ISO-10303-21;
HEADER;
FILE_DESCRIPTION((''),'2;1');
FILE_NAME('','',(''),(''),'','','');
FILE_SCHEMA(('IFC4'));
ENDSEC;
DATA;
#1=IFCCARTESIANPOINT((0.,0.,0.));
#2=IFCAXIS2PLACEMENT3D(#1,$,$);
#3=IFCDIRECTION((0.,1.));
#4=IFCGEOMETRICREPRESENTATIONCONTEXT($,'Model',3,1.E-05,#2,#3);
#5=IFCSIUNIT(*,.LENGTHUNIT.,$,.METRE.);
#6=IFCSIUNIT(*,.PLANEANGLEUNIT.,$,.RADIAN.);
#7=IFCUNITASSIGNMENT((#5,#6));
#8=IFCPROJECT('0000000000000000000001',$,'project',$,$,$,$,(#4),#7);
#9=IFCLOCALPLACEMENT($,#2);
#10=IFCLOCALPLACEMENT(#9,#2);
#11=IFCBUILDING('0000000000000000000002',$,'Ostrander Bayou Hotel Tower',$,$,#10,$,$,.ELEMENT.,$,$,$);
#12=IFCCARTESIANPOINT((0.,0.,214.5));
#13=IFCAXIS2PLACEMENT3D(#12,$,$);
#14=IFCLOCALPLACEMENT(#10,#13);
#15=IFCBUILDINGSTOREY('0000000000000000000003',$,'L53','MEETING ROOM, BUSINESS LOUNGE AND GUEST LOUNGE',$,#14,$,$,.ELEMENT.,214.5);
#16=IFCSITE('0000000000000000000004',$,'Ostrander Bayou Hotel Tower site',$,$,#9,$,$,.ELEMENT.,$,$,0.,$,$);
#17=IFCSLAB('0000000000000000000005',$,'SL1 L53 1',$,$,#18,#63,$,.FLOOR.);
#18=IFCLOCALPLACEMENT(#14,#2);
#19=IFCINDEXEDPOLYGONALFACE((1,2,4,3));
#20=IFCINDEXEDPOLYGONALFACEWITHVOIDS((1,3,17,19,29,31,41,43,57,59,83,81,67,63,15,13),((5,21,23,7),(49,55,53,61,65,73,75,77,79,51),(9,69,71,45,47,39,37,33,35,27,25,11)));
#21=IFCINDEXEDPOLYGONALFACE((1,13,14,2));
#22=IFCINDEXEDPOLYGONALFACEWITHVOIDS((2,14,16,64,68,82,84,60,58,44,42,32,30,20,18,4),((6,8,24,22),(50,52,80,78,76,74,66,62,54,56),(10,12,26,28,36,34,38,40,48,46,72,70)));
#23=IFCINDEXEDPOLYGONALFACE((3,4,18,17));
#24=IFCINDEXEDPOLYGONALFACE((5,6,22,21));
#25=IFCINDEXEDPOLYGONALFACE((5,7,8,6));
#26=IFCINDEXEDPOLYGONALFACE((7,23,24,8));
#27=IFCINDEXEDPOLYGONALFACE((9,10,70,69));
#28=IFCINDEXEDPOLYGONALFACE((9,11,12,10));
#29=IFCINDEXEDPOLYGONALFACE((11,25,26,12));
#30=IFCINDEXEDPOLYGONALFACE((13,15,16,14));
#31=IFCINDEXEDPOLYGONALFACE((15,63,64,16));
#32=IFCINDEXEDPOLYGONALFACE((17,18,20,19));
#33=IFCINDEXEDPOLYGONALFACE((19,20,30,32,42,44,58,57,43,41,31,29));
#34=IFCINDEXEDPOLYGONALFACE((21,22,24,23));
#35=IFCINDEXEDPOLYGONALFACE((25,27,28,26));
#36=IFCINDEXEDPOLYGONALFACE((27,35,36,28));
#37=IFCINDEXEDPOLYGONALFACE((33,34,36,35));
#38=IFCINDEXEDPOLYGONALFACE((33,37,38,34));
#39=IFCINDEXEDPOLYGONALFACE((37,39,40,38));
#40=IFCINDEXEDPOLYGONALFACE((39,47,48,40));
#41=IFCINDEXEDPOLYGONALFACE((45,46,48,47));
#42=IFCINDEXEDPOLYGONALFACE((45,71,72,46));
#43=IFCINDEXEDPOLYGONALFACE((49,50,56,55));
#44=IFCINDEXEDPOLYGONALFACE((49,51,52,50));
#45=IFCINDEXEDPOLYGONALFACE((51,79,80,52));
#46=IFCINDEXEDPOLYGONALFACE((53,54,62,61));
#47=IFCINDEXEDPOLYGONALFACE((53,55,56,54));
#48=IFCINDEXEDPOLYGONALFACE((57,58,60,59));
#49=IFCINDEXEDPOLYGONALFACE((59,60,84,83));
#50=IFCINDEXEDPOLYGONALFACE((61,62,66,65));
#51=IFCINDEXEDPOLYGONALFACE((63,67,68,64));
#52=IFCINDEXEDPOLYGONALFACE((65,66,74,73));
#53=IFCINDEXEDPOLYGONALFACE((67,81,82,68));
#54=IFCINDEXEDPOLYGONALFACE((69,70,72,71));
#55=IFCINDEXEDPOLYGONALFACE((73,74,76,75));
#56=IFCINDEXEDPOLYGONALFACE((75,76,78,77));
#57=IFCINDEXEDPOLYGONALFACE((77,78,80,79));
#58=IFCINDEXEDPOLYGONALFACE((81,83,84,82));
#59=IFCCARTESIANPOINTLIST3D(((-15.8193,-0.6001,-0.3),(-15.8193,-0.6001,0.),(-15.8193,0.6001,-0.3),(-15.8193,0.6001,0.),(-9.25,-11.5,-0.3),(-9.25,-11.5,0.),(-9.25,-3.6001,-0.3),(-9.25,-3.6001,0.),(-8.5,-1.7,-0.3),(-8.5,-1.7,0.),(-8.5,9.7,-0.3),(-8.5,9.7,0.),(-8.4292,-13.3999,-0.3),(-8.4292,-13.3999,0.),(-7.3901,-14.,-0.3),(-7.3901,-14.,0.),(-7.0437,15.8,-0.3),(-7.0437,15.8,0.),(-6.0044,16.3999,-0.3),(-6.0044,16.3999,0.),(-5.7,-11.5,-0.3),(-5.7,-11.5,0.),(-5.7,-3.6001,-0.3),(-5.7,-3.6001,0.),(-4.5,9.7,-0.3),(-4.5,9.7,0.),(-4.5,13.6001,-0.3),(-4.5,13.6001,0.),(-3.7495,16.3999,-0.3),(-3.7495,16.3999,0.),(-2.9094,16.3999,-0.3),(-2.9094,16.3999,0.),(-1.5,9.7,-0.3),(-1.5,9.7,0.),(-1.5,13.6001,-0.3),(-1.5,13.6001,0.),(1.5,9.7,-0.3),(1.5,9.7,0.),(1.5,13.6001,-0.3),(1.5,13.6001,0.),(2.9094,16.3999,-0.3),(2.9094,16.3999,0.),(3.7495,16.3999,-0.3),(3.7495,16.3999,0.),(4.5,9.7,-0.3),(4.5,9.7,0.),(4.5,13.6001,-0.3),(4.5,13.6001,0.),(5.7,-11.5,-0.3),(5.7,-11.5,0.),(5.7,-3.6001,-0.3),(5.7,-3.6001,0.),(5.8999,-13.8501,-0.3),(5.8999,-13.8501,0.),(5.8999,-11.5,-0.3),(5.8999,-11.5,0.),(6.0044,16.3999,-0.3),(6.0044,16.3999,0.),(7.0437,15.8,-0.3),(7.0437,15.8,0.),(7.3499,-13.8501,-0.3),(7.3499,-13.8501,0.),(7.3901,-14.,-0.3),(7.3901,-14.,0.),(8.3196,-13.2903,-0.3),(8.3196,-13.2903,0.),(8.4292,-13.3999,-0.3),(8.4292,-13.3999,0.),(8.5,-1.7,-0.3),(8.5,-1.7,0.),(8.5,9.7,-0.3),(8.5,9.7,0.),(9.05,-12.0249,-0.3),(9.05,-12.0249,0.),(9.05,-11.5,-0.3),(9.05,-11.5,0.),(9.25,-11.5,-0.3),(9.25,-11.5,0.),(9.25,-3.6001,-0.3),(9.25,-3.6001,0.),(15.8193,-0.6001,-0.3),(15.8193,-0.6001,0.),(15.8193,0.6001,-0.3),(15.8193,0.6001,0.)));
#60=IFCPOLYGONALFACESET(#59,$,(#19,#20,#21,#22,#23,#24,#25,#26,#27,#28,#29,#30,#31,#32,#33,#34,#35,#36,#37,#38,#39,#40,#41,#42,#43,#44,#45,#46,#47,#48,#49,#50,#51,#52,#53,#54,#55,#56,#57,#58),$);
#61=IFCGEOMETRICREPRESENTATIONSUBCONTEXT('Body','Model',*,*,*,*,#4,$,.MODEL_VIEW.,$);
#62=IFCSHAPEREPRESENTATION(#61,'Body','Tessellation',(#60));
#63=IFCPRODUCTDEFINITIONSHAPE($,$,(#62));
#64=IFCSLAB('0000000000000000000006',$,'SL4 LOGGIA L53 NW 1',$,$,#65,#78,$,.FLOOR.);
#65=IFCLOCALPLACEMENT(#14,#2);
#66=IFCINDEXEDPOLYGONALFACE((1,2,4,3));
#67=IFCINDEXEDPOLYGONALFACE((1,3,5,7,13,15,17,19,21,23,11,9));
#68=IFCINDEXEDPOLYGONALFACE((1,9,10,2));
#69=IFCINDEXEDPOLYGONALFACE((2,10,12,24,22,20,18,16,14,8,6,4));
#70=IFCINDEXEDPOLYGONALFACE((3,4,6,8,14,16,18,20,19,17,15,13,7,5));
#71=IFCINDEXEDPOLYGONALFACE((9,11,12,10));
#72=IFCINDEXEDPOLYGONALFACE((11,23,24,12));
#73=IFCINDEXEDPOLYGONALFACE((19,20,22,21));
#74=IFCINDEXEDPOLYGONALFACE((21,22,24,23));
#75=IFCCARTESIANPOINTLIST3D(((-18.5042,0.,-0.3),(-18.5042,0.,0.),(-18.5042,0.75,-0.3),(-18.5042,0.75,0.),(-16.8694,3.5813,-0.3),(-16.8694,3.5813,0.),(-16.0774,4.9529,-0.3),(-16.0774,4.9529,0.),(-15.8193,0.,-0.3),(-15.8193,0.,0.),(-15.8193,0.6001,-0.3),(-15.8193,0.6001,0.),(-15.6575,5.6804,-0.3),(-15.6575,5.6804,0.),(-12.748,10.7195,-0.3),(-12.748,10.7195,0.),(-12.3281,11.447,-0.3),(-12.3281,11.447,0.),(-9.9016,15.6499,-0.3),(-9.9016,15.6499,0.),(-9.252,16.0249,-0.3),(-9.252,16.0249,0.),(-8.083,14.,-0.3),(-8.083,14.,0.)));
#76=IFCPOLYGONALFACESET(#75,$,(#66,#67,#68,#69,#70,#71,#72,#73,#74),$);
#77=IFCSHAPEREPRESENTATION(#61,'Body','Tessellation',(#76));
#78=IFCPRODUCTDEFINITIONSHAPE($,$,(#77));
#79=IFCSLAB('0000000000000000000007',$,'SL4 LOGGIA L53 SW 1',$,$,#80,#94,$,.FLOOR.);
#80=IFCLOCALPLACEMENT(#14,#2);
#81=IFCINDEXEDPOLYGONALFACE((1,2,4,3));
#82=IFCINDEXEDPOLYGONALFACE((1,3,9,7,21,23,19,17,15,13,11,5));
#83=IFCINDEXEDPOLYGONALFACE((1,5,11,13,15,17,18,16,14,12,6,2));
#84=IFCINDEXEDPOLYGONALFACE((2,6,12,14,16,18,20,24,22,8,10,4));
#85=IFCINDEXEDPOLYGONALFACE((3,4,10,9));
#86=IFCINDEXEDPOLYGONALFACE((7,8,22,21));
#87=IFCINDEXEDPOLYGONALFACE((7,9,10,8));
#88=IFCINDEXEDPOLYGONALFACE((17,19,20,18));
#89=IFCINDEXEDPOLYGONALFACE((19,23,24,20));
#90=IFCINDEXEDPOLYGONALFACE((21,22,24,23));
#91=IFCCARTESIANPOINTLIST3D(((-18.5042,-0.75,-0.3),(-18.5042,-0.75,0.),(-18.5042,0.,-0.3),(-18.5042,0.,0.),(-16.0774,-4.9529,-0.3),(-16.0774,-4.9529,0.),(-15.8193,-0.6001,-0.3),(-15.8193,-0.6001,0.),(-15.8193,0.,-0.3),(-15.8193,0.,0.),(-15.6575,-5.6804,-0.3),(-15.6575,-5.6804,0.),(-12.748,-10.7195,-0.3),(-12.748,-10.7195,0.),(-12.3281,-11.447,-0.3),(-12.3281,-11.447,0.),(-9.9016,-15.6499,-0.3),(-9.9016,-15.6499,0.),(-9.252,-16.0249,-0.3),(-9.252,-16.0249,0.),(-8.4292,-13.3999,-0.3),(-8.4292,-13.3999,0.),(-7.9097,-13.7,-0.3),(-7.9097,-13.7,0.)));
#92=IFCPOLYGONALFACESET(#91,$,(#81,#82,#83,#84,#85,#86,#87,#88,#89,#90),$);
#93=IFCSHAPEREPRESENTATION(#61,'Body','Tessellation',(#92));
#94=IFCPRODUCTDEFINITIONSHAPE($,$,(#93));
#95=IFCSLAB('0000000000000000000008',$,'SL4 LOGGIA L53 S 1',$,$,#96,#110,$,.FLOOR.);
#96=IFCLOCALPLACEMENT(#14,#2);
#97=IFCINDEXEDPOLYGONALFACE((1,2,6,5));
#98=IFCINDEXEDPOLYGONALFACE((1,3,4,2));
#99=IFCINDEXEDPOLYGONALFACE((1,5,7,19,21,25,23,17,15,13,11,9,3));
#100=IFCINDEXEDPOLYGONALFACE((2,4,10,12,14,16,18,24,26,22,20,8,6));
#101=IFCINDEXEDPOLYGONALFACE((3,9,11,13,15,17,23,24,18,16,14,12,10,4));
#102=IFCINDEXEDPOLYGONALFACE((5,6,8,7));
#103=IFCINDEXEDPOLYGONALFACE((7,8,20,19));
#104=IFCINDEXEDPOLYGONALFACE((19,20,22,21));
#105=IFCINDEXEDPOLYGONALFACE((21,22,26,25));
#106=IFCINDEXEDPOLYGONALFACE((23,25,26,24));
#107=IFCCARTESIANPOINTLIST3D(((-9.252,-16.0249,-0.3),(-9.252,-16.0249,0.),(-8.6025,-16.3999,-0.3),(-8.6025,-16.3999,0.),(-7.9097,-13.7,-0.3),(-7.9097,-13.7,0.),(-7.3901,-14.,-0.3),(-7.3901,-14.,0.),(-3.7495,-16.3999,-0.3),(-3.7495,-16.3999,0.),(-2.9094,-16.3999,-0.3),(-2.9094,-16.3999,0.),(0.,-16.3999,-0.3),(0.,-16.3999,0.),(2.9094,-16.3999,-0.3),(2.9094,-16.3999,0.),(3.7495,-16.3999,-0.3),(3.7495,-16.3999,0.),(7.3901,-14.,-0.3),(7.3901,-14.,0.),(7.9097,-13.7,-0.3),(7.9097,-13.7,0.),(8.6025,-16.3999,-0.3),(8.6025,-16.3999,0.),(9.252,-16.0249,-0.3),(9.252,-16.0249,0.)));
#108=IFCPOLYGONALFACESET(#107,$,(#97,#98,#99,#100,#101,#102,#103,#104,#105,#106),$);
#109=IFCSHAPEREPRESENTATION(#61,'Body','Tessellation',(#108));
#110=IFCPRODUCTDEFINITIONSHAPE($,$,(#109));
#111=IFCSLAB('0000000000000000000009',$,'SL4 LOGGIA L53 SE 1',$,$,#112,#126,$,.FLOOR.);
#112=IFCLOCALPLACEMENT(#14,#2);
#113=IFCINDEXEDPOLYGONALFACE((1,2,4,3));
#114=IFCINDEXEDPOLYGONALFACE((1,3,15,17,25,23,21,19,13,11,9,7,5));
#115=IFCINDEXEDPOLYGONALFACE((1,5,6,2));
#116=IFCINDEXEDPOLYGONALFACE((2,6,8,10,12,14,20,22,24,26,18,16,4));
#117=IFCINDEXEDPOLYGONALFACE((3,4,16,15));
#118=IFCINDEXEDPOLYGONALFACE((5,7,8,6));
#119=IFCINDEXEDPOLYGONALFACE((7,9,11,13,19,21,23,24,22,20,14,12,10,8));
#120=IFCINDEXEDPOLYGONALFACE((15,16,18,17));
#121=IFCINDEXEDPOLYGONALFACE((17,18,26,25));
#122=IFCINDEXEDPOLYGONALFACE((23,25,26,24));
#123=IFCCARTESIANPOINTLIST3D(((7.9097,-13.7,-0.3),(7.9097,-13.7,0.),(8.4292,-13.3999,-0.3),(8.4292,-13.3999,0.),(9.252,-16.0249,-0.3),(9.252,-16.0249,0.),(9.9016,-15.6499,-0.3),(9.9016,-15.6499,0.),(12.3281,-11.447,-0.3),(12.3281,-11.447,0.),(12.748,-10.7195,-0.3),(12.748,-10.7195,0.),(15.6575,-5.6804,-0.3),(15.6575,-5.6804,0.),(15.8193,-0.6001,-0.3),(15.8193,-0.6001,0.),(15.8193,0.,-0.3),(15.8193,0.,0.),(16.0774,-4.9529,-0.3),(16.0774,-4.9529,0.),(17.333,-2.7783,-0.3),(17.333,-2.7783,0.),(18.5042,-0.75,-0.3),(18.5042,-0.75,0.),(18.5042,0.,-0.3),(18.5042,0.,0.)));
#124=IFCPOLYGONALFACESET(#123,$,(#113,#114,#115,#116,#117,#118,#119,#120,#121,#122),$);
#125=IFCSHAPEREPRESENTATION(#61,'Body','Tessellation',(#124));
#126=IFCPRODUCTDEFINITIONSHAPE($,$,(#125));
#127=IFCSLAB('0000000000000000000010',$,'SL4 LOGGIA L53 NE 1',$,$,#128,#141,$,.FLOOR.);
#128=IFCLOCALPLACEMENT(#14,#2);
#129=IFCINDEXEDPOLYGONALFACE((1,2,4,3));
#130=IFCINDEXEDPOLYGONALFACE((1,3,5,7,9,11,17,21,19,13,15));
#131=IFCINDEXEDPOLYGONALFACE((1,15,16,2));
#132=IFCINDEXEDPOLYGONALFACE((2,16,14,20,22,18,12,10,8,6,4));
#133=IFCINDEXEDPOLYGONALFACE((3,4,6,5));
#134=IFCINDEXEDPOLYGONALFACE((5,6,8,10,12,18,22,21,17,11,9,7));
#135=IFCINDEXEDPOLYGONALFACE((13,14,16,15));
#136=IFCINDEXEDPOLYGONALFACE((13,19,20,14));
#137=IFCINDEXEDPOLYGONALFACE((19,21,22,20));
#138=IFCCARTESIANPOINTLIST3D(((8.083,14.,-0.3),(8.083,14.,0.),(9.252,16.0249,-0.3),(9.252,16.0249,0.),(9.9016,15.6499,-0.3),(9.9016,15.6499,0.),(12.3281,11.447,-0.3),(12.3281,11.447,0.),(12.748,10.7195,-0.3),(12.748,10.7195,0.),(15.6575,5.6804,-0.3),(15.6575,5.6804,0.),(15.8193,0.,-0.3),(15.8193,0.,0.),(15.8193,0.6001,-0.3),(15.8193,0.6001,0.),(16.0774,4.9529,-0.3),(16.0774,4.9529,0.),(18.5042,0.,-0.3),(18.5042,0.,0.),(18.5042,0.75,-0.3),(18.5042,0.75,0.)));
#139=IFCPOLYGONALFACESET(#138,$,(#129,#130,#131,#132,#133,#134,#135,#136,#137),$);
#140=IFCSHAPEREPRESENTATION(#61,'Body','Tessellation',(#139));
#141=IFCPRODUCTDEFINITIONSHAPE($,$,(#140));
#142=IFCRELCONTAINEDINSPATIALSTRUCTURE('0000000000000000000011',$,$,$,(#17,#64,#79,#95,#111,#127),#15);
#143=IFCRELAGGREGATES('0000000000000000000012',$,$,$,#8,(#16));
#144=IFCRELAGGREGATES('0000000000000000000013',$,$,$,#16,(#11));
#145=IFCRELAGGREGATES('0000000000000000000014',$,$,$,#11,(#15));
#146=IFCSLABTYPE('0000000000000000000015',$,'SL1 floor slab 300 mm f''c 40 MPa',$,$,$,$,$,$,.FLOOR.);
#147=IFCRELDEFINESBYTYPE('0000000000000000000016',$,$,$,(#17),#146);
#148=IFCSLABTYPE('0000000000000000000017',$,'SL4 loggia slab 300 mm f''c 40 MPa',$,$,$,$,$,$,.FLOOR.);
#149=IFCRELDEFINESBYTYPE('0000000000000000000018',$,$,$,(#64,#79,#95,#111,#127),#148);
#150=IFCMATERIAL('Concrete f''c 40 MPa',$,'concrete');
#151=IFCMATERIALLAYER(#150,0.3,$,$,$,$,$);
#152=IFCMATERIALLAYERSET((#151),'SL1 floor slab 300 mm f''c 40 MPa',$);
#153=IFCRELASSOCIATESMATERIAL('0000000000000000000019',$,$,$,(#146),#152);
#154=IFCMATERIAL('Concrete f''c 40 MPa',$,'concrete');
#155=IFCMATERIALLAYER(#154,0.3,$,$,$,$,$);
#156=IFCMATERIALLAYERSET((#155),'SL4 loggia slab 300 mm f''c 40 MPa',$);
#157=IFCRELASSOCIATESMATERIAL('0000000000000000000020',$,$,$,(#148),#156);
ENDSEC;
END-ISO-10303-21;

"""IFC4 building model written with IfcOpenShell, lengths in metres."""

from ifc_helpers import new_model, si_unit, direction, frame, origin, place, context, subcontext, project, spatial, polyline, outline, extrude, material, layer, layer_set, type_object, element, save


model = new_model("IFC4")

# Units and contexts
model_context = context("Model", 3, precision=1e-05, world=origin(), true_north=direction((0.0, 1.0)))
body_context = subcontext(model_context, "Body", "Model", "MODEL_VIEW")
ifc_project = project(units=[si_unit("LENGTHUNIT", "METRE"), si_unit("PLANEANGLEUNIT", "RADIAN")], contexts=[model_context])

# Site, building, storey
site_placement = place(None, origin())
site = spatial("IfcSite", under=ifc_project, at=site_placement, Name="Ostrander Bayou Hotel Tower site", CompositionType="ELEMENT", RefElevation=0.0)
building_placement = place(site_placement, origin())
building = spatial("IfcBuilding", under=site, at=building_placement, Name="Ostrander Bayou Hotel Tower", CompositionType="ELEMENT")
storey_placement = place(building_placement, frame((0.0, 0.0, 214.5)))
storey = spatial("IfcBuildingStorey", under=building, at=storey_placement, Name="L53", Description="MEETING ROOM, BUSINESS LOUNGE AND GUEST LOUNGE", CompositionType="ELEMENT", Elevation=214.5)

# Slabs
ifc_material_1 = material(Name="Concrete f'c 40 MPa", Category="concrete")
ifc_layer_1 = layer(ifc_material_1, 0.3)
ifc_layer_set_1 = layer_set([ifc_layer_1], Name="SL1 floor slab 300 mm f'c 40 MPa")
slab_type_1 = type_object("IfcSlabType", Name="SL1 floor slab 300 mm f'c 40 MPa", PredefinedType="FLOOR", material=ifc_layer_set_1)
slab_1_placement = place(storey_placement, frame((0.0, 0.0, -0.3)))
element("IfcSlab", 1, at=slab_1_placement, inside=storey, type_object=slab_type_1, Name="SL1 L53 1", PredefinedType="FLOOR", context=body_context, shape_type="SweptSolid", body=[
    extrude(outline(polyline([(-2.9094, 16.3999), (2.9094, 16.3999), (3.7495, 16.3999), (6.0044, 16.3999), (7.0437, 15.8), (15.8193, 0.6001), (15.8193, -0.6001), (8.4292, -13.3999), (7.3901, -14.0), (-7.3901, -14.0), (-8.4292, -13.3999), (-15.8193, -0.6001), (-15.8193, 0.6001), (-7.0437, 15.8), (-6.0044, 16.3999), (-3.7495, 16.3999), (-2.9094, 16.3999)]), holes=[polyline([(9.05, -11.5), (9.25, -11.5), (9.25, -3.6001), (5.7, -3.6001), (5.7, -11.5), (5.8999, -11.5), (5.8999, -13.8501), (7.3499, -13.8501), (8.3196, -13.2903), (9.05, -12.0249), (9.05, -11.5)]), polyline([(-8.5, -1.7), (8.5, -1.7), (8.5, 9.7), (4.5, 9.7), (4.5, 13.6001), (1.5, 13.6001), (1.5, 9.7), (-1.5, 9.7), (-1.5, 13.6001), (-4.5, 13.6001), (-4.5, 9.7), (-8.5, 9.7), (-8.5, -1.7)]), polyline([(-5.7, -3.6001), (-9.25, -3.6001), (-9.25, -11.5), (-5.7, -11.5), (-5.7, -3.6001)])]), origin(), (0.0, 0.0, 1.0), 0.3),
])
ifc_material_2 = material(Name="Concrete f'c 40 MPa", Category="concrete")
ifc_layer_2 = layer(ifc_material_2, 0.3)
ifc_layer_set_2 = layer_set([ifc_layer_2], Name="SL4 loggia slab 300 mm f'c 40 MPa")
slab_type_2 = type_object("IfcSlabType", Name="SL4 loggia slab 300 mm f'c 40 MPa", PredefinedType="FLOOR", material=ifc_layer_set_2)
slab_2_placement = place(storey_placement, frame((0.0, 0.0, -0.3)))
element("IfcSlab", 2, at=slab_2_placement, inside=storey, type_object=slab_type_2, Name="SL4 LOGGIA L53 NW 1", PredefinedType="FLOOR", context=body_context, shape_type="SweptSolid", body=[
    extrude(outline(polyline([(-18.5042, 0.0), (-18.5042, 0.75), (-16.8694, 3.5813), (-16.0774, 4.9529), (-15.6575, 5.6804), (-12.748, 10.7195), (-12.3281, 11.447), (-9.9016, 15.6499), (-9.252, 16.0249), (-8.083, 14.0), (-15.8193, 0.6001), (-15.8193, 0.0), (-18.5042, 0.0)])), origin(), (0.0, 0.0, 1.0), 0.3),
])
slab_3_placement = place(storey_placement, frame((0.0, 0.0, -0.3)))
element("IfcSlab", 3, at=slab_3_placement, inside=storey, type_object=slab_type_2, Name="SL4 LOGGIA L53 SW 1", PredefinedType="FLOOR", context=body_context, shape_type="SweptSolid", body=[
    extrude(outline(polyline([(-7.9097, -13.7), (-9.252, -16.0249), (-9.9016, -15.6499), (-12.3281, -11.447), (-12.748, -10.7195), (-15.6575, -5.6804), (-16.0774, -4.9529), (-18.5042, -0.75), (-18.5042, 0.0), (-15.8193, 0.0), (-15.8193, -0.6001), (-8.4292, -13.3999), (-7.9097, -13.7)])), origin(), (0.0, 0.0, 1.0), 0.3),
])
slab_4_placement = place(storey_placement, frame((0.0, 0.0, -0.3)))
element("IfcSlab", 4, at=slab_4_placement, inside=storey, type_object=slab_type_2, Name="SL4 LOGGIA L53 S 1", PredefinedType="FLOOR", context=body_context, shape_type="SweptSolid", body=[
    extrude(outline(polyline([(7.9097, -13.7), (9.252, -16.0249), (8.6025, -16.3999), (3.7495, -16.3999), (2.9094, -16.3999), (0.0, -16.3999), (-2.9094, -16.3999), (-3.7495, -16.3999), (-8.6025, -16.3999), (-9.252, -16.0249), (-7.9097, -13.7), (-7.3901, -14.0), (7.3901, -14.0), (7.9097, -13.7)])), origin(), (0.0, 0.0, 1.0), 0.3),
])
slab_5_placement = place(storey_placement, frame((0.0, 0.0, -0.3)))
element("IfcSlab", 5, at=slab_5_placement, inside=storey, type_object=slab_type_2, Name="SL4 LOGGIA L53 SE 1", PredefinedType="FLOOR", context=body_context, shape_type="SweptSolid", body=[
    extrude(outline(polyline([(15.8193, 0.0), (18.5042, 0.0), (18.5042, -0.75), (17.333, -2.7783), (16.0774, -4.9529), (15.6575, -5.6804), (12.748, -10.7195), (12.3281, -11.447), (9.9016, -15.6499), (9.252, -16.0249), (7.9097, -13.7), (8.4292, -13.3999), (15.8193, -0.6001), (15.8193, 0.0)])), origin(), (0.0, 0.0, 1.0), 0.3),
])
slab_6_placement = place(storey_placement, frame((0.0, 0.0, -0.3)))
element("IfcSlab", 6, at=slab_6_placement, inside=storey, type_object=slab_type_2, Name="SL4 LOGGIA L53 NE 1", PredefinedType="FLOOR", context=body_context, shape_type="SweptSolid", body=[
    extrude(outline(polyline([(9.252, 16.0249), (9.9016, 15.6499), (12.3281, 11.447), (12.748, 10.7195), (15.6575, 5.6804), (16.0774, 4.9529), (18.5042, 0.75), (18.5042, 0.0), (15.8193, 0.0), (15.8193, 0.6001), (8.083, 14.0), (9.252, 16.0249)])), origin(), (0.0, 0.0, 1.0), 0.3),
])

save(model, "model.ifc")
